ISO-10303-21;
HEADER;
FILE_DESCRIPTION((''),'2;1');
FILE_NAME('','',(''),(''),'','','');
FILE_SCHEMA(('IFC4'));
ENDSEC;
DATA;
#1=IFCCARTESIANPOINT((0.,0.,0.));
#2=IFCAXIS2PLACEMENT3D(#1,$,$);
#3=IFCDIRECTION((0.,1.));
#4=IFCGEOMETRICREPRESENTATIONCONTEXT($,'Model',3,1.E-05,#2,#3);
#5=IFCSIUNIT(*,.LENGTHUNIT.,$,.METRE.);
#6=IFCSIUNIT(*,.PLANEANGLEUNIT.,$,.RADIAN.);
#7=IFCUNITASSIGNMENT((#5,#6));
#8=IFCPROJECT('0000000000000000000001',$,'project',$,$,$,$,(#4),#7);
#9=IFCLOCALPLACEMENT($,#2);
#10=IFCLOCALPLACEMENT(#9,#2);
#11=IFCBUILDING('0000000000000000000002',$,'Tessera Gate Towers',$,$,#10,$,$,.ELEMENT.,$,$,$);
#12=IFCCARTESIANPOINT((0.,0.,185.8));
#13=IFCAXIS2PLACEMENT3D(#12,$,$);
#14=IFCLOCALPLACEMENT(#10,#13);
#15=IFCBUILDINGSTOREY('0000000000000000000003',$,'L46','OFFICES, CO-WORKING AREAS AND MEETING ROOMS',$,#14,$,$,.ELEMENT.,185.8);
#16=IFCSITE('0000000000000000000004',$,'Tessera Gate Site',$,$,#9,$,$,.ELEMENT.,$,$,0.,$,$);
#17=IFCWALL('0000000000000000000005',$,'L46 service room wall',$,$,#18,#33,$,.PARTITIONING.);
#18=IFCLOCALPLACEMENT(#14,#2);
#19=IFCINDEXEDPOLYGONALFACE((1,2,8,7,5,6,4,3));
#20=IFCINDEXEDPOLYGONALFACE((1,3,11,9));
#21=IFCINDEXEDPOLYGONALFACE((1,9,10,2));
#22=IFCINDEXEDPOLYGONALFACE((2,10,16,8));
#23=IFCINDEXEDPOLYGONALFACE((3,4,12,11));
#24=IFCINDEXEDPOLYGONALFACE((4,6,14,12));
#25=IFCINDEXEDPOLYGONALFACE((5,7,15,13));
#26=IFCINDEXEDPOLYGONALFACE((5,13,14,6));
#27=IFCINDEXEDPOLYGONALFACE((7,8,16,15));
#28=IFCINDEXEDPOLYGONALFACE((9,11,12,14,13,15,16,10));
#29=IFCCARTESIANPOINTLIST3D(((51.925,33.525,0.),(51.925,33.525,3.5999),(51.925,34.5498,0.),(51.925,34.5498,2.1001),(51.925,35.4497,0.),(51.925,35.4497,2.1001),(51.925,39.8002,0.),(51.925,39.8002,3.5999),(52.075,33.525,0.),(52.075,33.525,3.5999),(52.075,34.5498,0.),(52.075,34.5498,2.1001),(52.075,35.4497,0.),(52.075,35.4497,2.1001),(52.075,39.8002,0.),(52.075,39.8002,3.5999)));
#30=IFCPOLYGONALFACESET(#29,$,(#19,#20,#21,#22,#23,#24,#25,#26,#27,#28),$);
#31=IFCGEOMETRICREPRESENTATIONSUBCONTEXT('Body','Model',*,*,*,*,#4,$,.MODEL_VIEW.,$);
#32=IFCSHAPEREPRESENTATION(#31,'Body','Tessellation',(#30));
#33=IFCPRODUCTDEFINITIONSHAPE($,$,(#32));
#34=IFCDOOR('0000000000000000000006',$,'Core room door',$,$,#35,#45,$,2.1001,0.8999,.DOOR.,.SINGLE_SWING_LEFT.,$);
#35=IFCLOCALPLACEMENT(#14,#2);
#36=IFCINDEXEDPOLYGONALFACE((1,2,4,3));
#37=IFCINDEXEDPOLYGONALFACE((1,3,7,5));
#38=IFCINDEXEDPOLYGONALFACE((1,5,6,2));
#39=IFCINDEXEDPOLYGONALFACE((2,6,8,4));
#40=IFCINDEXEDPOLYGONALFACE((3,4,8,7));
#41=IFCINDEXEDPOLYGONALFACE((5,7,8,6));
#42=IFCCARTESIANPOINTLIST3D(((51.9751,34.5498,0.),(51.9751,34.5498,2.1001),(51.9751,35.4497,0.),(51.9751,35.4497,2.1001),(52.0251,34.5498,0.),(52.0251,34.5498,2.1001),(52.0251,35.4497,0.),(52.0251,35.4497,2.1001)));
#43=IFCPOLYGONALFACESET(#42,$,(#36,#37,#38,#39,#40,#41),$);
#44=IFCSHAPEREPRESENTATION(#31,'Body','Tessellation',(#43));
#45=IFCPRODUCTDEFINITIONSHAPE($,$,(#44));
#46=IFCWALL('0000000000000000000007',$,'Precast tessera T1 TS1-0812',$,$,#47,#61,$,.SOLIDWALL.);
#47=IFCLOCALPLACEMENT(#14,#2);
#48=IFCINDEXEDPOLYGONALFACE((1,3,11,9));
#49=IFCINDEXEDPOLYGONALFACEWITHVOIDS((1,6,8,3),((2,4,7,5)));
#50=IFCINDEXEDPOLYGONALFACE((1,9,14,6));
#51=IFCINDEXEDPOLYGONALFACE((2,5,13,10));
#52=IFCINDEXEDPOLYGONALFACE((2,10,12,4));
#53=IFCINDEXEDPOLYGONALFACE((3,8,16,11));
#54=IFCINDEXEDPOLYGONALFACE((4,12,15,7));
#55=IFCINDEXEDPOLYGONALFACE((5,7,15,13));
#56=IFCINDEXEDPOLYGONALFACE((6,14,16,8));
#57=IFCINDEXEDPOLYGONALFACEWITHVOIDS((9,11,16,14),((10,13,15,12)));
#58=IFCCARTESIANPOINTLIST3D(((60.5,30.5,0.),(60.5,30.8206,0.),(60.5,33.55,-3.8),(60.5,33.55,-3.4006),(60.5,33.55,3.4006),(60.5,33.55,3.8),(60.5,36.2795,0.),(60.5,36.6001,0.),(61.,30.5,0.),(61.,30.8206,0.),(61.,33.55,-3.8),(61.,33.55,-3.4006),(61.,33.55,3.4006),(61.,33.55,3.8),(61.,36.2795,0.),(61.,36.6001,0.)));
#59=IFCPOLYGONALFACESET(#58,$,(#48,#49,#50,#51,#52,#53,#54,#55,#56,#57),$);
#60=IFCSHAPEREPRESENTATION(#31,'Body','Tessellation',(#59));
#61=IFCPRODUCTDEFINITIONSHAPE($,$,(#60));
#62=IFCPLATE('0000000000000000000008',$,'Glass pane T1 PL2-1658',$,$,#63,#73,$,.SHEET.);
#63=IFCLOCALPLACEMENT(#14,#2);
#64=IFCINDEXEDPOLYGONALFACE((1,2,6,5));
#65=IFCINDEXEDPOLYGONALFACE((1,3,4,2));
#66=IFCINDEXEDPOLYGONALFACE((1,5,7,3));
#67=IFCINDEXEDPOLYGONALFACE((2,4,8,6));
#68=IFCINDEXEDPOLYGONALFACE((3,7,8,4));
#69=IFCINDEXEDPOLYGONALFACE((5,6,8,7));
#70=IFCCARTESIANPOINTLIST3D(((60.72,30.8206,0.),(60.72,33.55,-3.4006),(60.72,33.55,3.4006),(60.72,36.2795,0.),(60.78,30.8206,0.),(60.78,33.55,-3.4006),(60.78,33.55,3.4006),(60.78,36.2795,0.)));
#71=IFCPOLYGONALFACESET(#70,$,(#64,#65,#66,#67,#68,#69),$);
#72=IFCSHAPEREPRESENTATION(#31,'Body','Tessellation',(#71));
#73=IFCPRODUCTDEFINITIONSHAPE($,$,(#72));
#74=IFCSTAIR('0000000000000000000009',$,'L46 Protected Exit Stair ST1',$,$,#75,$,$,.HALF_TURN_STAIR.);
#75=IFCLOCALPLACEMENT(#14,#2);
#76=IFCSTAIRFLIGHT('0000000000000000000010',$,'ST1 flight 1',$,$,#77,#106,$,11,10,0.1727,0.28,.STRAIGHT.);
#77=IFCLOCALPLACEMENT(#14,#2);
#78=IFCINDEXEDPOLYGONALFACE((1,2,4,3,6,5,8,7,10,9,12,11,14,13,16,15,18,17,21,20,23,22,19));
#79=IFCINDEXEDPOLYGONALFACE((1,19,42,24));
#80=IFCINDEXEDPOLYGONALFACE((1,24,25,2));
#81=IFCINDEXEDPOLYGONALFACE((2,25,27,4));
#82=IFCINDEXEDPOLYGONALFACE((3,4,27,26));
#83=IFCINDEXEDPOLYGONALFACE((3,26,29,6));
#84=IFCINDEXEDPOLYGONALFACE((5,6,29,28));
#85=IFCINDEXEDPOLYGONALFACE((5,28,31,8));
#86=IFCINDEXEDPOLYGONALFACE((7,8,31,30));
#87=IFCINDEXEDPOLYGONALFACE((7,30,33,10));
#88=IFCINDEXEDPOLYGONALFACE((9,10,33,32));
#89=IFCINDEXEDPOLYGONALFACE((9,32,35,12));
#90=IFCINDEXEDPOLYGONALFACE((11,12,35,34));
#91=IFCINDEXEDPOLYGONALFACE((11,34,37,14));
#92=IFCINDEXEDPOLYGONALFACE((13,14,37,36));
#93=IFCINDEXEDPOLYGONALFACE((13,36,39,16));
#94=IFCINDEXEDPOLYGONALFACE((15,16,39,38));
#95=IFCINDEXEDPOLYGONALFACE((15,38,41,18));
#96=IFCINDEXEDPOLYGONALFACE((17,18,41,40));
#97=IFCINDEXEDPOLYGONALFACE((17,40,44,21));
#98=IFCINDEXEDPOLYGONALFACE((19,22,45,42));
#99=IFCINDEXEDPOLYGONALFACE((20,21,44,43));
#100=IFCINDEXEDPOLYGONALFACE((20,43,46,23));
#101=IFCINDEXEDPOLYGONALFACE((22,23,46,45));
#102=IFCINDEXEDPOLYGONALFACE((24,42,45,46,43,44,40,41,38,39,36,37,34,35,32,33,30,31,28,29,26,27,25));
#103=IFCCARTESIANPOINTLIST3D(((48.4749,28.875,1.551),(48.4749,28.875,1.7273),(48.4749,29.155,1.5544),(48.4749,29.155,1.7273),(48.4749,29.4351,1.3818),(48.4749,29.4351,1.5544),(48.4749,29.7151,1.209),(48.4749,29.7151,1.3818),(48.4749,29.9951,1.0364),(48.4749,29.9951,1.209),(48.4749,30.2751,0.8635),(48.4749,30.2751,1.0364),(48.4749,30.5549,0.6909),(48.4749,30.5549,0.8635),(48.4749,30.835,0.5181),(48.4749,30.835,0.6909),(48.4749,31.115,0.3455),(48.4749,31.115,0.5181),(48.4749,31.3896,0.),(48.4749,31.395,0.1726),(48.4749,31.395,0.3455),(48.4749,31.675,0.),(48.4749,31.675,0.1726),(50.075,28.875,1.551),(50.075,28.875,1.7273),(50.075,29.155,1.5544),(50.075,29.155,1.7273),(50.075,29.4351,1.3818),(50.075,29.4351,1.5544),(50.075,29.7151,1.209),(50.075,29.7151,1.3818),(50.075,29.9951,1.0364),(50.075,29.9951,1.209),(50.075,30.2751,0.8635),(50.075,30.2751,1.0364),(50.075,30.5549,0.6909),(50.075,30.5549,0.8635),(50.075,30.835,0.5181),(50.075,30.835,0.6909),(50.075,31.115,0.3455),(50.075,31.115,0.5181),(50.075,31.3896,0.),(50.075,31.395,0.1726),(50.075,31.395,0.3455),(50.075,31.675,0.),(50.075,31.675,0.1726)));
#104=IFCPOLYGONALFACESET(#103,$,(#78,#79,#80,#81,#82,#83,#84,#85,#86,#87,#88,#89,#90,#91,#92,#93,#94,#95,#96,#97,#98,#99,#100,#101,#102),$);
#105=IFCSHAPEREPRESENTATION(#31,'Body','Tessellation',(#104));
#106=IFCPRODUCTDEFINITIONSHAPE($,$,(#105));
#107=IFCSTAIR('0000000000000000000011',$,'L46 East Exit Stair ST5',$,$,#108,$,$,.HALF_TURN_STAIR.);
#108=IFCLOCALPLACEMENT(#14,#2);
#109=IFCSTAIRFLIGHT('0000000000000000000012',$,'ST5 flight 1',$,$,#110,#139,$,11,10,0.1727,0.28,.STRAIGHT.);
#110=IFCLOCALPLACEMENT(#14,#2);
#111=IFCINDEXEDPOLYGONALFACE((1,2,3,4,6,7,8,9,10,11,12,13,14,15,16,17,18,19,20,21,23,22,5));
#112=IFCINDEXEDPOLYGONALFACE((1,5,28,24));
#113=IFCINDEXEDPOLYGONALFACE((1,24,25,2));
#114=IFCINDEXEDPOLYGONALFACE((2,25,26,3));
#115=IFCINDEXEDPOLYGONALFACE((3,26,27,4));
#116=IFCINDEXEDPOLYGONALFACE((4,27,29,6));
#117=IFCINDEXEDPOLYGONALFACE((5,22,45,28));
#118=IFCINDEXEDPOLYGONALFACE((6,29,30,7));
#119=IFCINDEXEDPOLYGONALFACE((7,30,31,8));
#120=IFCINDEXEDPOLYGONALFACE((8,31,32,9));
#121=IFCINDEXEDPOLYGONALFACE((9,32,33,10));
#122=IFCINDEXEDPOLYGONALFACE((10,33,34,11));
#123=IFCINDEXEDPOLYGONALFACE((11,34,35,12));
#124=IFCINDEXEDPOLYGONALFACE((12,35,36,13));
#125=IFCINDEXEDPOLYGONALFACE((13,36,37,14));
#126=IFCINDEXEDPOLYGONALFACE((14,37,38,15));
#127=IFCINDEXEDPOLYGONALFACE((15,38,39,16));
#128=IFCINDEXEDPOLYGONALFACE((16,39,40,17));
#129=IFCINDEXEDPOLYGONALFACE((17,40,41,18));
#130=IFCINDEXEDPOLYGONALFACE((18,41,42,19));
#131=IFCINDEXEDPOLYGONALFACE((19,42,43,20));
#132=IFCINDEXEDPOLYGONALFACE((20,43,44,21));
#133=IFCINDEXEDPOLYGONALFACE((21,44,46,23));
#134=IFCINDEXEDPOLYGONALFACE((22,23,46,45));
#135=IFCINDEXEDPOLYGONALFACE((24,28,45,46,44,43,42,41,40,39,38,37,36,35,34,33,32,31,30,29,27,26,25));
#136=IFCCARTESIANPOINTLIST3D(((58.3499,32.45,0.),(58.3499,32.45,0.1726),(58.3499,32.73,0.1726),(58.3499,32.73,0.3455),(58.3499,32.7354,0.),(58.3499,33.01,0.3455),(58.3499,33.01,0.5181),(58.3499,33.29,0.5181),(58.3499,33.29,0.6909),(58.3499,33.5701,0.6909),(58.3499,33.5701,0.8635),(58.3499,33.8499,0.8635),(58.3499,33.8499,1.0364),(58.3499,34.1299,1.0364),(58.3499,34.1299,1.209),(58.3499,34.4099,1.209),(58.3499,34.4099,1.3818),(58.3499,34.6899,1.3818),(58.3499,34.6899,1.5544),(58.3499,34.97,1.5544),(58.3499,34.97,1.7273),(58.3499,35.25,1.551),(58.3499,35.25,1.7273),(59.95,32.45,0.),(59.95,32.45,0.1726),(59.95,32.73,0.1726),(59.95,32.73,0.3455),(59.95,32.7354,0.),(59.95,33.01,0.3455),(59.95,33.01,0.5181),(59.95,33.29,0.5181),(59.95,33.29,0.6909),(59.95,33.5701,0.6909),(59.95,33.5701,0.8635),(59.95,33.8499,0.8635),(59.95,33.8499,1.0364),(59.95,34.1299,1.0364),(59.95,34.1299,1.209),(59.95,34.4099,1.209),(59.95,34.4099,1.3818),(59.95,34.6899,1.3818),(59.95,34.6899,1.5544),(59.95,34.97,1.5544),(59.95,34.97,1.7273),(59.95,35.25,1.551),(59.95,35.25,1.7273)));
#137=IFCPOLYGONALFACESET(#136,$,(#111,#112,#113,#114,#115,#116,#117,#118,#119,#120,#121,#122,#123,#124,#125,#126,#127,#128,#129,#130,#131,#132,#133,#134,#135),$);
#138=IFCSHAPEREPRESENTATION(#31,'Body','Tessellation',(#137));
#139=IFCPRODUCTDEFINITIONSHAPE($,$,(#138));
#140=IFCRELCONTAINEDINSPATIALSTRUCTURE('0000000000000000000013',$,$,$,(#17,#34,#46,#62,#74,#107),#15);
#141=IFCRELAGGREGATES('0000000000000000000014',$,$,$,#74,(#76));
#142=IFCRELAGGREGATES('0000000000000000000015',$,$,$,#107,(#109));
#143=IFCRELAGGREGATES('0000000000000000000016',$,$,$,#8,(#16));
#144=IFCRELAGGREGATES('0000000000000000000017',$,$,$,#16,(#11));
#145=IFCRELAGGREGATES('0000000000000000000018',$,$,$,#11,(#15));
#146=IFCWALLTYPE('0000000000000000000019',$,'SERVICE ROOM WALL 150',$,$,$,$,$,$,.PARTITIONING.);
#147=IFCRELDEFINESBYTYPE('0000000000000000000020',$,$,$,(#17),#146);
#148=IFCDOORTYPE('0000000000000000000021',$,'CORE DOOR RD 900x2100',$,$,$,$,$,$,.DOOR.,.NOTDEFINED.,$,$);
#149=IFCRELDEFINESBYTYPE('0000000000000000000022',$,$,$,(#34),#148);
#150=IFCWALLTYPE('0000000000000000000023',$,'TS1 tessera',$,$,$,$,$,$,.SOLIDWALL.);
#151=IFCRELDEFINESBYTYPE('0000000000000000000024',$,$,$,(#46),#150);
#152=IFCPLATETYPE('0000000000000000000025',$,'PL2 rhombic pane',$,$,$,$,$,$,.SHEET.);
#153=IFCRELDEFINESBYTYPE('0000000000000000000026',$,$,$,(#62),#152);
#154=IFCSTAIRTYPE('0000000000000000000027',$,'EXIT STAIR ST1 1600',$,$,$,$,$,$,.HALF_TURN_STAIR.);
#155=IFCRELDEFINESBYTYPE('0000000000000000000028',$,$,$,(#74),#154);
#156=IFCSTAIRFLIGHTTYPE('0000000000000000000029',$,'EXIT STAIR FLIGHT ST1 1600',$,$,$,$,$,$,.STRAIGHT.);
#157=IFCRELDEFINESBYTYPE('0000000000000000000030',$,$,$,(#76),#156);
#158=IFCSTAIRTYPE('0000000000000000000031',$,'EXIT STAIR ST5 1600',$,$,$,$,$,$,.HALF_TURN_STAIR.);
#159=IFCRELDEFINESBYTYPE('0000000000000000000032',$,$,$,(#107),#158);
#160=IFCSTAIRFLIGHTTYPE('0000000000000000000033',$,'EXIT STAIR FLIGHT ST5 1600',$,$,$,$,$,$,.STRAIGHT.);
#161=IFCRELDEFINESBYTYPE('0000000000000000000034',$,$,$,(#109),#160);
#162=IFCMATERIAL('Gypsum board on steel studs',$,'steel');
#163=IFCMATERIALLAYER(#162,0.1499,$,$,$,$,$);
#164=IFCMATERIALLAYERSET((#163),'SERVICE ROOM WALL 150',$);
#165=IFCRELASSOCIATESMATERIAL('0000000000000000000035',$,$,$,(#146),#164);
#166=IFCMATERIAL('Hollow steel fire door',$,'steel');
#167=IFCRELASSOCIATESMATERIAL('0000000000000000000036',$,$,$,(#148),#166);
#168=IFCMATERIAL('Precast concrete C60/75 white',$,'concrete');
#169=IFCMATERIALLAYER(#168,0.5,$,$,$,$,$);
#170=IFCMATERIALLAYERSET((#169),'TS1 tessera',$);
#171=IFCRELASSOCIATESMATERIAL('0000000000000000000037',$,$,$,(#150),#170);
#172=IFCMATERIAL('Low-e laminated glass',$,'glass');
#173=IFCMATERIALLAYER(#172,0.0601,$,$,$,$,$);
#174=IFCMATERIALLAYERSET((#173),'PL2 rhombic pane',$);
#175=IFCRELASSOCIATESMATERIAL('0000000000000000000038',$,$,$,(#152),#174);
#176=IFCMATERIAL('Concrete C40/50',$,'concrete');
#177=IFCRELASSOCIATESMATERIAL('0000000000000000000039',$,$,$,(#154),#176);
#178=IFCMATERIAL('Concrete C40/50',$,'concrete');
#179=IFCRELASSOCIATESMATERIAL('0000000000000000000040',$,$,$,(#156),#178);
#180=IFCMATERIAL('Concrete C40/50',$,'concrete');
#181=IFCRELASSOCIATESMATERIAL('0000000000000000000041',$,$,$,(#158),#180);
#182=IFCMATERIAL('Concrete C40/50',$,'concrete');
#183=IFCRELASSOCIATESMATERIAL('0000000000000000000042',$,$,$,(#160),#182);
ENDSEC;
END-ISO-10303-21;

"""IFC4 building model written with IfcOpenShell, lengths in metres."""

from ifc_helpers import new_model, si_unit, direction, frame, frame_2d, origin, place, context, subcontext, project, spatial, polyline, rectangle, outline, extrude, source, transform, mapped, material, layer, layer_set, type_object, element, fill, aggregate, save


model = new_model("IFC4")

# Units and contexts
model_context = context("Model", 3, precision=1e-05, world=origin(), true_north=direction((0.0, 1.0)))
body_context = subcontext(model_context, "Body", "Model", "MODEL_VIEW")
ifc_project = project(units=[si_unit("LENGTHUNIT", "METRE"), si_unit("PLANEANGLEUNIT", "RADIAN")], contexts=[model_context])

# Site, building, storey
site_placement = place(None, origin())
site = spatial("IfcSite", under=ifc_project, at=site_placement, Name="Tessera Gate Site", CompositionType="ELEMENT", RefElevation=0.0)
building_placement = place(site_placement, origin())
building = spatial("IfcBuilding", under=site, at=building_placement, Name="Tessera Gate Towers", CompositionType="ELEMENT")
storey_placement = place(building_placement, frame((0.0, 0.0, 185.8)))
storey = spatial("IfcBuildingStorey", under=building, at=storey_placement, Name="L46", Description="OFFICES, CO-WORKING AREAS AND MEETING ROOMS", CompositionType="ELEMENT", Elevation=185.8)

# Wall, opening, door
shared_shape_1 = source(origin(), body_context, "Body", "SweptSolid", [
    extrude(rectangle(XDim=0.8999, YDim=2.1001, at=frame_2d((0.45, 1.05))), frame((0.0, 0.085, 0.0), z_axis=(0.0, -1.0, 0.0), x_axis=(1.0, 0.0, 0.0)), (0.0, 0.0, 1.0), 0.1699),
])
shared_shape_2 = source(origin(), body_context, "Body", "SweptSolid", [
    extrude(rectangle(XDim=0.8999, YDim=2.1001, at=frame_2d((0.45, 1.05))), frame((0.0, 0.0249, 0.0), z_axis=(0.0, -1.0, 0.0), x_axis=(1.0, 0.0, 0.0)), (0.0, 0.0, 1.0), 0.05),
])
ifc_material_1 = material(Name="Gypsum board on steel studs", Category="steel")
ifc_layer_1 = layer(ifc_material_1, 0.1499)
ifc_layer_set_1 = layer_set([ifc_layer_1], Name="SERVICE ROOM WALL 150")
wall_type_1 = type_object("IfcWallType", Name="SERVICE ROOM WALL 150", PredefinedType="PARTITIONING", material=ifc_layer_set_1)
wall_1_placement = place(storey_placement, frame((52.0, 33.5249, 0.0), z_axis=(0.0, 0.0, 1.0), x_axis=(0.0, 1.0, 0.0)))
wall_1 = element("IfcWall", 1, at=wall_1_placement, inside=storey, type_object=wall_type_1, Name="L46 service room wall", PredefinedType="PARTITIONING", context=body_context, shape_type="SweptSolid", body=[
    extrude(rectangle(XDim=6.2751, YDim=0.1499, at=frame_2d((3.1377, 0.0))), origin(), (0.0, 0.0, 1.0), 3.5999),
])
opening_1_placement = place(wall_1_placement, frame((1.0249, 0.0, 0.0)))
opening_1 = element("IfcOpeningElement", 2, at=opening_1_placement, cuts=wall_1, PredefinedType="OPENING", context=body_context, shape_type="MappedRepresentation", body=[
    mapped(shared_shape_1, transform((0.0, 0.0, 0.0), scale=1.0)),
])
ifc_material_2 = material(Name="Hollow steel fire door", Category="steel")
door_type_1 = type_object("IfcDoorType", Name="CORE DOOR RD 900x2100", OperationType="NOTDEFINED", PredefinedType="DOOR", material=ifc_material_2)
door_1_placement = place(opening_1_placement, origin())
door_1 = element("IfcDoor", 3, at=door_1_placement, inside=storey, type_object=door_type_1, Name="Core room door", OperationType="SINGLE_SWING_LEFT", OverallHeight=2.1001, OverallWidth=0.8999, PredefinedType="DOOR", context=body_context, shape_type="MappedRepresentation", body=[
    mapped(shared_shape_2, transform((0.0, 0.0, 0.0), scale=1.0)),
])
fill(opening_1, door_1)

# Wall, opening, plate
ifc_material_3 = material(Name="Precast concrete C60/75 white", Category="concrete")
ifc_layer_2 = layer(ifc_material_3, 0.5)
ifc_layer_set_2 = layer_set([ifc_layer_2], Name="TS1 tessera")
wall_type_2 = type_object("IfcWallType", Name="TS1 tessera", PredefinedType="SOLIDWALL", material=ifc_layer_set_2)
shared_shape_3 = source(origin(), body_context, "Body", "SweptSolid", [
    extrude(outline(polyline([(3.05, 0.0), (6.1001, 3.8), (3.05, 7.6001), (0.0, 3.8), (3.05, 0.0)])), frame((0.0, 0.25, 0.0), z_axis=(0.0, -1.0, 0.0), x_axis=(1.0, 0.0, 0.0)), (0.0, 0.0, 1.0), 0.5),
])
wall_2_placement = place(storey_placement, frame((60.75, 30.5, -3.8), z_axis=(0.0, 0.0, 1.0), x_axis=(0.0, 1.0, 0.0)))
wall_2 = element("IfcWall", 4, at=wall_2_placement, inside=storey, type_object=wall_type_2, Name="Precast tessera T1 TS1-0812", PredefinedType="SOLIDWALL", context=body_context, shape_type="MappedRepresentation", body=[
    mapped(shared_shape_3, transform((0.0, 0.0, 0.0), scale=1.0)),
])
shared_shape_4 = source(origin(), body_context, "Body", "SweptSolid", [
    extrude(outline(polyline([(3.05, 0.3994), (5.7795, 3.8), (3.05, 7.2007), (0.3206, 3.8), (3.05, 0.3994)])), frame((0.0, 0.26, 0.0), z_axis=(0.0, -1.0, 0.0), x_axis=(1.0, 0.0, 0.0)), (0.0, 0.0, 1.0), 0.52),
])
opening_2_placement = place(wall_2_placement, origin())
opening_2 = element("IfcOpeningElement", 5, at=opening_2_placement, cuts=wall_2, PredefinedType="OPENING", context=body_context, shape_type="MappedRepresentation", body=[
    mapped(shared_shape_4, transform((0.0, 0.0, 0.0), scale=1.0)),
])
ifc_material_4 = material(Name="Low-e laminated glass", Category="glass")
ifc_layer_3 = layer(ifc_material_4, 0.0601)
ifc_layer_set_3 = layer_set([ifc_layer_3], Name="PL2 rhombic pane")
plate_type = type_object("IfcPlateType", Name="PL2 rhombic pane", PredefinedType="SHEET", material=ifc_layer_set_3)
shared_shape_5 = source(origin(), body_context, "Body", "SweptSolid", [
    extrude(outline(polyline([(3.05, 0.3994), (5.7795, 3.8), (3.05, 7.2007), (0.3206, 3.8), (3.05, 0.3994)])), frame((0.0, 0.03, 0.0), z_axis=(0.0, -1.0, 0.0), x_axis=(1.0, 0.0, 0.0)), (0.0, 0.0, 1.0), 0.0601),
])
plate_placement = place(opening_2_placement, origin())
plate = element("IfcPlate", 6, at=plate_placement, inside=storey, type_object=plate_type, Name="Glass pane T1 PL2-1658", PredefinedType="SHEET", context=body_context, shape_type="MappedRepresentation", body=[
    mapped(shared_shape_5, transform((0.0, 0.0, 0.0), scale=1.0)),
])
fill(opening_2, plate)

# Stair, stair flight
ifc_material_5 = material(Name="Concrete C40/50", Category="concrete")
stair_type_1 = type_object("IfcStairType", Name="EXIT STAIR ST1 1600", PredefinedType="HALF_TURN_STAIR", material=ifc_material_5)
stair_1_placement = place(storey_placement, origin())
stair_1 = element("IfcStair", 7, at=stair_1_placement, inside=storey, type_object=stair_type_1, Name="L46 Protected Exit Stair ST1", PredefinedType="HALF_TURN_STAIR")
ifc_material_6 = material(Name="Concrete C40/50", Category="concrete")
stair_flight_type_1 = type_object("IfcStairFlightType", Name="EXIT STAIR FLIGHT ST1 1600", PredefinedType="STRAIGHT", material=ifc_material_6)
stair_flight_1_placement = place(storey_placement, frame((49.2749, 31.675, 0.0), z_axis=(0.0, 0.0, 1.0), x_axis=(0.0, -1.0, 0.0)))
stair_flight_1 = element("IfcStairFlight", 8, at=stair_flight_1_placement, type_object=stair_flight_type_1, Name="ST1 flight 1", NumberOfRisers=11, NumberOfTreads=10, PredefinedType="STRAIGHT", RiserHeight=0.1727, TreadLength=0.28, context=body_context, shape_type="SweptSolid", body=[
    extrude(outline(polyline([(0.0, 0.0), (0.0, 0.1726), (0.28, 0.1726), (0.28, 0.3455), (0.5601, 0.3455), (0.5601, 0.5181), (0.8401, 0.5181), (0.8401, 0.6909), (1.1201, 0.6909), (1.1201, 0.8635), (1.3999, 0.8635), (1.3999, 1.0364), (1.6799, 1.0364), (1.6799, 1.209), (1.96, 1.209), (1.96, 1.3818), (2.24, 1.3818), (2.24, 1.5544), (2.52, 1.5544), (2.52, 1.7273), (2.8, 1.7273), (2.8, 1.8999), (2.8, 1.551), (0.2854, 0.0), (0.0, 0.0)])), frame((0.0, 0.8, 0.0), z_axis=(0.0, -1.0, 0.0), x_axis=(1.0, 0.0, 0.0)), (0.0, 0.0, 1.0), 1.6001),
])
aggregate(stair_1, [stair_flight_1])

# Stair, stair flight
ifc_material_7 = material(Name="Concrete C40/50", Category="concrete")
stair_type_2 = type_object("IfcStairType", Name="EXIT STAIR ST5 1600", PredefinedType="HALF_TURN_STAIR", material=ifc_material_7)
stair_2_placement = place(storey_placement, origin())
stair_2 = element("IfcStair", 9, at=stair_2_placement, inside=storey, type_object=stair_type_2, Name="L46 East Exit Stair ST5", PredefinedType="HALF_TURN_STAIR")
ifc_material_8 = material(Name="Concrete C40/50", Category="concrete")
stair_flight_type_2 = type_object("IfcStairFlightType", Name="EXIT STAIR FLIGHT ST5 1600", PredefinedType="STRAIGHT", material=ifc_material_8)
stair_flight_2_placement = place(storey_placement, frame((59.1499, 32.45, 0.0), z_axis=(0.0, 0.0, 1.0), x_axis=(0.0, 1.0, 0.0)))
stair_flight_2 = element("IfcStairFlight", 10, at=stair_flight_2_placement, type_object=stair_flight_type_2, Name="ST5 flight 1", NumberOfRisers=11, NumberOfTreads=10, PredefinedType="STRAIGHT", RiserHeight=0.1727, TreadLength=0.28, context=body_context, shape_type="SweptSolid", body=[
    extrude(outline(polyline([(0.0, 0.0), (0.0, 0.1726), (0.28, 0.1726), (0.28, 0.3455), (0.5601, 0.3455), (0.5601, 0.5181), (0.8401, 0.5181), (0.8401, 0.6909), (1.1201, 0.6909), (1.1201, 0.8635), (1.3999, 0.8635), (1.3999, 1.0364), (1.6799, 1.0364), (1.6799, 1.209), (1.96, 1.209), (1.96, 1.3818), (2.24, 1.3818), (2.24, 1.5544), (2.52, 1.5544), (2.52, 1.7273), (2.8, 1.7273), (2.8, 1.8999), (2.8, 1.551), (0.2854, 0.0), (0.0, 0.0)])), frame((0.0, 0.8, 0.0), z_axis=(0.0, -1.0, 0.0), x_axis=(1.0, 0.0, 0.0)), (0.0, 0.0, 1.0), 1.6001),
])
aggregate(stair_2, [stair_flight_2])

save(model, "model.ifc")
